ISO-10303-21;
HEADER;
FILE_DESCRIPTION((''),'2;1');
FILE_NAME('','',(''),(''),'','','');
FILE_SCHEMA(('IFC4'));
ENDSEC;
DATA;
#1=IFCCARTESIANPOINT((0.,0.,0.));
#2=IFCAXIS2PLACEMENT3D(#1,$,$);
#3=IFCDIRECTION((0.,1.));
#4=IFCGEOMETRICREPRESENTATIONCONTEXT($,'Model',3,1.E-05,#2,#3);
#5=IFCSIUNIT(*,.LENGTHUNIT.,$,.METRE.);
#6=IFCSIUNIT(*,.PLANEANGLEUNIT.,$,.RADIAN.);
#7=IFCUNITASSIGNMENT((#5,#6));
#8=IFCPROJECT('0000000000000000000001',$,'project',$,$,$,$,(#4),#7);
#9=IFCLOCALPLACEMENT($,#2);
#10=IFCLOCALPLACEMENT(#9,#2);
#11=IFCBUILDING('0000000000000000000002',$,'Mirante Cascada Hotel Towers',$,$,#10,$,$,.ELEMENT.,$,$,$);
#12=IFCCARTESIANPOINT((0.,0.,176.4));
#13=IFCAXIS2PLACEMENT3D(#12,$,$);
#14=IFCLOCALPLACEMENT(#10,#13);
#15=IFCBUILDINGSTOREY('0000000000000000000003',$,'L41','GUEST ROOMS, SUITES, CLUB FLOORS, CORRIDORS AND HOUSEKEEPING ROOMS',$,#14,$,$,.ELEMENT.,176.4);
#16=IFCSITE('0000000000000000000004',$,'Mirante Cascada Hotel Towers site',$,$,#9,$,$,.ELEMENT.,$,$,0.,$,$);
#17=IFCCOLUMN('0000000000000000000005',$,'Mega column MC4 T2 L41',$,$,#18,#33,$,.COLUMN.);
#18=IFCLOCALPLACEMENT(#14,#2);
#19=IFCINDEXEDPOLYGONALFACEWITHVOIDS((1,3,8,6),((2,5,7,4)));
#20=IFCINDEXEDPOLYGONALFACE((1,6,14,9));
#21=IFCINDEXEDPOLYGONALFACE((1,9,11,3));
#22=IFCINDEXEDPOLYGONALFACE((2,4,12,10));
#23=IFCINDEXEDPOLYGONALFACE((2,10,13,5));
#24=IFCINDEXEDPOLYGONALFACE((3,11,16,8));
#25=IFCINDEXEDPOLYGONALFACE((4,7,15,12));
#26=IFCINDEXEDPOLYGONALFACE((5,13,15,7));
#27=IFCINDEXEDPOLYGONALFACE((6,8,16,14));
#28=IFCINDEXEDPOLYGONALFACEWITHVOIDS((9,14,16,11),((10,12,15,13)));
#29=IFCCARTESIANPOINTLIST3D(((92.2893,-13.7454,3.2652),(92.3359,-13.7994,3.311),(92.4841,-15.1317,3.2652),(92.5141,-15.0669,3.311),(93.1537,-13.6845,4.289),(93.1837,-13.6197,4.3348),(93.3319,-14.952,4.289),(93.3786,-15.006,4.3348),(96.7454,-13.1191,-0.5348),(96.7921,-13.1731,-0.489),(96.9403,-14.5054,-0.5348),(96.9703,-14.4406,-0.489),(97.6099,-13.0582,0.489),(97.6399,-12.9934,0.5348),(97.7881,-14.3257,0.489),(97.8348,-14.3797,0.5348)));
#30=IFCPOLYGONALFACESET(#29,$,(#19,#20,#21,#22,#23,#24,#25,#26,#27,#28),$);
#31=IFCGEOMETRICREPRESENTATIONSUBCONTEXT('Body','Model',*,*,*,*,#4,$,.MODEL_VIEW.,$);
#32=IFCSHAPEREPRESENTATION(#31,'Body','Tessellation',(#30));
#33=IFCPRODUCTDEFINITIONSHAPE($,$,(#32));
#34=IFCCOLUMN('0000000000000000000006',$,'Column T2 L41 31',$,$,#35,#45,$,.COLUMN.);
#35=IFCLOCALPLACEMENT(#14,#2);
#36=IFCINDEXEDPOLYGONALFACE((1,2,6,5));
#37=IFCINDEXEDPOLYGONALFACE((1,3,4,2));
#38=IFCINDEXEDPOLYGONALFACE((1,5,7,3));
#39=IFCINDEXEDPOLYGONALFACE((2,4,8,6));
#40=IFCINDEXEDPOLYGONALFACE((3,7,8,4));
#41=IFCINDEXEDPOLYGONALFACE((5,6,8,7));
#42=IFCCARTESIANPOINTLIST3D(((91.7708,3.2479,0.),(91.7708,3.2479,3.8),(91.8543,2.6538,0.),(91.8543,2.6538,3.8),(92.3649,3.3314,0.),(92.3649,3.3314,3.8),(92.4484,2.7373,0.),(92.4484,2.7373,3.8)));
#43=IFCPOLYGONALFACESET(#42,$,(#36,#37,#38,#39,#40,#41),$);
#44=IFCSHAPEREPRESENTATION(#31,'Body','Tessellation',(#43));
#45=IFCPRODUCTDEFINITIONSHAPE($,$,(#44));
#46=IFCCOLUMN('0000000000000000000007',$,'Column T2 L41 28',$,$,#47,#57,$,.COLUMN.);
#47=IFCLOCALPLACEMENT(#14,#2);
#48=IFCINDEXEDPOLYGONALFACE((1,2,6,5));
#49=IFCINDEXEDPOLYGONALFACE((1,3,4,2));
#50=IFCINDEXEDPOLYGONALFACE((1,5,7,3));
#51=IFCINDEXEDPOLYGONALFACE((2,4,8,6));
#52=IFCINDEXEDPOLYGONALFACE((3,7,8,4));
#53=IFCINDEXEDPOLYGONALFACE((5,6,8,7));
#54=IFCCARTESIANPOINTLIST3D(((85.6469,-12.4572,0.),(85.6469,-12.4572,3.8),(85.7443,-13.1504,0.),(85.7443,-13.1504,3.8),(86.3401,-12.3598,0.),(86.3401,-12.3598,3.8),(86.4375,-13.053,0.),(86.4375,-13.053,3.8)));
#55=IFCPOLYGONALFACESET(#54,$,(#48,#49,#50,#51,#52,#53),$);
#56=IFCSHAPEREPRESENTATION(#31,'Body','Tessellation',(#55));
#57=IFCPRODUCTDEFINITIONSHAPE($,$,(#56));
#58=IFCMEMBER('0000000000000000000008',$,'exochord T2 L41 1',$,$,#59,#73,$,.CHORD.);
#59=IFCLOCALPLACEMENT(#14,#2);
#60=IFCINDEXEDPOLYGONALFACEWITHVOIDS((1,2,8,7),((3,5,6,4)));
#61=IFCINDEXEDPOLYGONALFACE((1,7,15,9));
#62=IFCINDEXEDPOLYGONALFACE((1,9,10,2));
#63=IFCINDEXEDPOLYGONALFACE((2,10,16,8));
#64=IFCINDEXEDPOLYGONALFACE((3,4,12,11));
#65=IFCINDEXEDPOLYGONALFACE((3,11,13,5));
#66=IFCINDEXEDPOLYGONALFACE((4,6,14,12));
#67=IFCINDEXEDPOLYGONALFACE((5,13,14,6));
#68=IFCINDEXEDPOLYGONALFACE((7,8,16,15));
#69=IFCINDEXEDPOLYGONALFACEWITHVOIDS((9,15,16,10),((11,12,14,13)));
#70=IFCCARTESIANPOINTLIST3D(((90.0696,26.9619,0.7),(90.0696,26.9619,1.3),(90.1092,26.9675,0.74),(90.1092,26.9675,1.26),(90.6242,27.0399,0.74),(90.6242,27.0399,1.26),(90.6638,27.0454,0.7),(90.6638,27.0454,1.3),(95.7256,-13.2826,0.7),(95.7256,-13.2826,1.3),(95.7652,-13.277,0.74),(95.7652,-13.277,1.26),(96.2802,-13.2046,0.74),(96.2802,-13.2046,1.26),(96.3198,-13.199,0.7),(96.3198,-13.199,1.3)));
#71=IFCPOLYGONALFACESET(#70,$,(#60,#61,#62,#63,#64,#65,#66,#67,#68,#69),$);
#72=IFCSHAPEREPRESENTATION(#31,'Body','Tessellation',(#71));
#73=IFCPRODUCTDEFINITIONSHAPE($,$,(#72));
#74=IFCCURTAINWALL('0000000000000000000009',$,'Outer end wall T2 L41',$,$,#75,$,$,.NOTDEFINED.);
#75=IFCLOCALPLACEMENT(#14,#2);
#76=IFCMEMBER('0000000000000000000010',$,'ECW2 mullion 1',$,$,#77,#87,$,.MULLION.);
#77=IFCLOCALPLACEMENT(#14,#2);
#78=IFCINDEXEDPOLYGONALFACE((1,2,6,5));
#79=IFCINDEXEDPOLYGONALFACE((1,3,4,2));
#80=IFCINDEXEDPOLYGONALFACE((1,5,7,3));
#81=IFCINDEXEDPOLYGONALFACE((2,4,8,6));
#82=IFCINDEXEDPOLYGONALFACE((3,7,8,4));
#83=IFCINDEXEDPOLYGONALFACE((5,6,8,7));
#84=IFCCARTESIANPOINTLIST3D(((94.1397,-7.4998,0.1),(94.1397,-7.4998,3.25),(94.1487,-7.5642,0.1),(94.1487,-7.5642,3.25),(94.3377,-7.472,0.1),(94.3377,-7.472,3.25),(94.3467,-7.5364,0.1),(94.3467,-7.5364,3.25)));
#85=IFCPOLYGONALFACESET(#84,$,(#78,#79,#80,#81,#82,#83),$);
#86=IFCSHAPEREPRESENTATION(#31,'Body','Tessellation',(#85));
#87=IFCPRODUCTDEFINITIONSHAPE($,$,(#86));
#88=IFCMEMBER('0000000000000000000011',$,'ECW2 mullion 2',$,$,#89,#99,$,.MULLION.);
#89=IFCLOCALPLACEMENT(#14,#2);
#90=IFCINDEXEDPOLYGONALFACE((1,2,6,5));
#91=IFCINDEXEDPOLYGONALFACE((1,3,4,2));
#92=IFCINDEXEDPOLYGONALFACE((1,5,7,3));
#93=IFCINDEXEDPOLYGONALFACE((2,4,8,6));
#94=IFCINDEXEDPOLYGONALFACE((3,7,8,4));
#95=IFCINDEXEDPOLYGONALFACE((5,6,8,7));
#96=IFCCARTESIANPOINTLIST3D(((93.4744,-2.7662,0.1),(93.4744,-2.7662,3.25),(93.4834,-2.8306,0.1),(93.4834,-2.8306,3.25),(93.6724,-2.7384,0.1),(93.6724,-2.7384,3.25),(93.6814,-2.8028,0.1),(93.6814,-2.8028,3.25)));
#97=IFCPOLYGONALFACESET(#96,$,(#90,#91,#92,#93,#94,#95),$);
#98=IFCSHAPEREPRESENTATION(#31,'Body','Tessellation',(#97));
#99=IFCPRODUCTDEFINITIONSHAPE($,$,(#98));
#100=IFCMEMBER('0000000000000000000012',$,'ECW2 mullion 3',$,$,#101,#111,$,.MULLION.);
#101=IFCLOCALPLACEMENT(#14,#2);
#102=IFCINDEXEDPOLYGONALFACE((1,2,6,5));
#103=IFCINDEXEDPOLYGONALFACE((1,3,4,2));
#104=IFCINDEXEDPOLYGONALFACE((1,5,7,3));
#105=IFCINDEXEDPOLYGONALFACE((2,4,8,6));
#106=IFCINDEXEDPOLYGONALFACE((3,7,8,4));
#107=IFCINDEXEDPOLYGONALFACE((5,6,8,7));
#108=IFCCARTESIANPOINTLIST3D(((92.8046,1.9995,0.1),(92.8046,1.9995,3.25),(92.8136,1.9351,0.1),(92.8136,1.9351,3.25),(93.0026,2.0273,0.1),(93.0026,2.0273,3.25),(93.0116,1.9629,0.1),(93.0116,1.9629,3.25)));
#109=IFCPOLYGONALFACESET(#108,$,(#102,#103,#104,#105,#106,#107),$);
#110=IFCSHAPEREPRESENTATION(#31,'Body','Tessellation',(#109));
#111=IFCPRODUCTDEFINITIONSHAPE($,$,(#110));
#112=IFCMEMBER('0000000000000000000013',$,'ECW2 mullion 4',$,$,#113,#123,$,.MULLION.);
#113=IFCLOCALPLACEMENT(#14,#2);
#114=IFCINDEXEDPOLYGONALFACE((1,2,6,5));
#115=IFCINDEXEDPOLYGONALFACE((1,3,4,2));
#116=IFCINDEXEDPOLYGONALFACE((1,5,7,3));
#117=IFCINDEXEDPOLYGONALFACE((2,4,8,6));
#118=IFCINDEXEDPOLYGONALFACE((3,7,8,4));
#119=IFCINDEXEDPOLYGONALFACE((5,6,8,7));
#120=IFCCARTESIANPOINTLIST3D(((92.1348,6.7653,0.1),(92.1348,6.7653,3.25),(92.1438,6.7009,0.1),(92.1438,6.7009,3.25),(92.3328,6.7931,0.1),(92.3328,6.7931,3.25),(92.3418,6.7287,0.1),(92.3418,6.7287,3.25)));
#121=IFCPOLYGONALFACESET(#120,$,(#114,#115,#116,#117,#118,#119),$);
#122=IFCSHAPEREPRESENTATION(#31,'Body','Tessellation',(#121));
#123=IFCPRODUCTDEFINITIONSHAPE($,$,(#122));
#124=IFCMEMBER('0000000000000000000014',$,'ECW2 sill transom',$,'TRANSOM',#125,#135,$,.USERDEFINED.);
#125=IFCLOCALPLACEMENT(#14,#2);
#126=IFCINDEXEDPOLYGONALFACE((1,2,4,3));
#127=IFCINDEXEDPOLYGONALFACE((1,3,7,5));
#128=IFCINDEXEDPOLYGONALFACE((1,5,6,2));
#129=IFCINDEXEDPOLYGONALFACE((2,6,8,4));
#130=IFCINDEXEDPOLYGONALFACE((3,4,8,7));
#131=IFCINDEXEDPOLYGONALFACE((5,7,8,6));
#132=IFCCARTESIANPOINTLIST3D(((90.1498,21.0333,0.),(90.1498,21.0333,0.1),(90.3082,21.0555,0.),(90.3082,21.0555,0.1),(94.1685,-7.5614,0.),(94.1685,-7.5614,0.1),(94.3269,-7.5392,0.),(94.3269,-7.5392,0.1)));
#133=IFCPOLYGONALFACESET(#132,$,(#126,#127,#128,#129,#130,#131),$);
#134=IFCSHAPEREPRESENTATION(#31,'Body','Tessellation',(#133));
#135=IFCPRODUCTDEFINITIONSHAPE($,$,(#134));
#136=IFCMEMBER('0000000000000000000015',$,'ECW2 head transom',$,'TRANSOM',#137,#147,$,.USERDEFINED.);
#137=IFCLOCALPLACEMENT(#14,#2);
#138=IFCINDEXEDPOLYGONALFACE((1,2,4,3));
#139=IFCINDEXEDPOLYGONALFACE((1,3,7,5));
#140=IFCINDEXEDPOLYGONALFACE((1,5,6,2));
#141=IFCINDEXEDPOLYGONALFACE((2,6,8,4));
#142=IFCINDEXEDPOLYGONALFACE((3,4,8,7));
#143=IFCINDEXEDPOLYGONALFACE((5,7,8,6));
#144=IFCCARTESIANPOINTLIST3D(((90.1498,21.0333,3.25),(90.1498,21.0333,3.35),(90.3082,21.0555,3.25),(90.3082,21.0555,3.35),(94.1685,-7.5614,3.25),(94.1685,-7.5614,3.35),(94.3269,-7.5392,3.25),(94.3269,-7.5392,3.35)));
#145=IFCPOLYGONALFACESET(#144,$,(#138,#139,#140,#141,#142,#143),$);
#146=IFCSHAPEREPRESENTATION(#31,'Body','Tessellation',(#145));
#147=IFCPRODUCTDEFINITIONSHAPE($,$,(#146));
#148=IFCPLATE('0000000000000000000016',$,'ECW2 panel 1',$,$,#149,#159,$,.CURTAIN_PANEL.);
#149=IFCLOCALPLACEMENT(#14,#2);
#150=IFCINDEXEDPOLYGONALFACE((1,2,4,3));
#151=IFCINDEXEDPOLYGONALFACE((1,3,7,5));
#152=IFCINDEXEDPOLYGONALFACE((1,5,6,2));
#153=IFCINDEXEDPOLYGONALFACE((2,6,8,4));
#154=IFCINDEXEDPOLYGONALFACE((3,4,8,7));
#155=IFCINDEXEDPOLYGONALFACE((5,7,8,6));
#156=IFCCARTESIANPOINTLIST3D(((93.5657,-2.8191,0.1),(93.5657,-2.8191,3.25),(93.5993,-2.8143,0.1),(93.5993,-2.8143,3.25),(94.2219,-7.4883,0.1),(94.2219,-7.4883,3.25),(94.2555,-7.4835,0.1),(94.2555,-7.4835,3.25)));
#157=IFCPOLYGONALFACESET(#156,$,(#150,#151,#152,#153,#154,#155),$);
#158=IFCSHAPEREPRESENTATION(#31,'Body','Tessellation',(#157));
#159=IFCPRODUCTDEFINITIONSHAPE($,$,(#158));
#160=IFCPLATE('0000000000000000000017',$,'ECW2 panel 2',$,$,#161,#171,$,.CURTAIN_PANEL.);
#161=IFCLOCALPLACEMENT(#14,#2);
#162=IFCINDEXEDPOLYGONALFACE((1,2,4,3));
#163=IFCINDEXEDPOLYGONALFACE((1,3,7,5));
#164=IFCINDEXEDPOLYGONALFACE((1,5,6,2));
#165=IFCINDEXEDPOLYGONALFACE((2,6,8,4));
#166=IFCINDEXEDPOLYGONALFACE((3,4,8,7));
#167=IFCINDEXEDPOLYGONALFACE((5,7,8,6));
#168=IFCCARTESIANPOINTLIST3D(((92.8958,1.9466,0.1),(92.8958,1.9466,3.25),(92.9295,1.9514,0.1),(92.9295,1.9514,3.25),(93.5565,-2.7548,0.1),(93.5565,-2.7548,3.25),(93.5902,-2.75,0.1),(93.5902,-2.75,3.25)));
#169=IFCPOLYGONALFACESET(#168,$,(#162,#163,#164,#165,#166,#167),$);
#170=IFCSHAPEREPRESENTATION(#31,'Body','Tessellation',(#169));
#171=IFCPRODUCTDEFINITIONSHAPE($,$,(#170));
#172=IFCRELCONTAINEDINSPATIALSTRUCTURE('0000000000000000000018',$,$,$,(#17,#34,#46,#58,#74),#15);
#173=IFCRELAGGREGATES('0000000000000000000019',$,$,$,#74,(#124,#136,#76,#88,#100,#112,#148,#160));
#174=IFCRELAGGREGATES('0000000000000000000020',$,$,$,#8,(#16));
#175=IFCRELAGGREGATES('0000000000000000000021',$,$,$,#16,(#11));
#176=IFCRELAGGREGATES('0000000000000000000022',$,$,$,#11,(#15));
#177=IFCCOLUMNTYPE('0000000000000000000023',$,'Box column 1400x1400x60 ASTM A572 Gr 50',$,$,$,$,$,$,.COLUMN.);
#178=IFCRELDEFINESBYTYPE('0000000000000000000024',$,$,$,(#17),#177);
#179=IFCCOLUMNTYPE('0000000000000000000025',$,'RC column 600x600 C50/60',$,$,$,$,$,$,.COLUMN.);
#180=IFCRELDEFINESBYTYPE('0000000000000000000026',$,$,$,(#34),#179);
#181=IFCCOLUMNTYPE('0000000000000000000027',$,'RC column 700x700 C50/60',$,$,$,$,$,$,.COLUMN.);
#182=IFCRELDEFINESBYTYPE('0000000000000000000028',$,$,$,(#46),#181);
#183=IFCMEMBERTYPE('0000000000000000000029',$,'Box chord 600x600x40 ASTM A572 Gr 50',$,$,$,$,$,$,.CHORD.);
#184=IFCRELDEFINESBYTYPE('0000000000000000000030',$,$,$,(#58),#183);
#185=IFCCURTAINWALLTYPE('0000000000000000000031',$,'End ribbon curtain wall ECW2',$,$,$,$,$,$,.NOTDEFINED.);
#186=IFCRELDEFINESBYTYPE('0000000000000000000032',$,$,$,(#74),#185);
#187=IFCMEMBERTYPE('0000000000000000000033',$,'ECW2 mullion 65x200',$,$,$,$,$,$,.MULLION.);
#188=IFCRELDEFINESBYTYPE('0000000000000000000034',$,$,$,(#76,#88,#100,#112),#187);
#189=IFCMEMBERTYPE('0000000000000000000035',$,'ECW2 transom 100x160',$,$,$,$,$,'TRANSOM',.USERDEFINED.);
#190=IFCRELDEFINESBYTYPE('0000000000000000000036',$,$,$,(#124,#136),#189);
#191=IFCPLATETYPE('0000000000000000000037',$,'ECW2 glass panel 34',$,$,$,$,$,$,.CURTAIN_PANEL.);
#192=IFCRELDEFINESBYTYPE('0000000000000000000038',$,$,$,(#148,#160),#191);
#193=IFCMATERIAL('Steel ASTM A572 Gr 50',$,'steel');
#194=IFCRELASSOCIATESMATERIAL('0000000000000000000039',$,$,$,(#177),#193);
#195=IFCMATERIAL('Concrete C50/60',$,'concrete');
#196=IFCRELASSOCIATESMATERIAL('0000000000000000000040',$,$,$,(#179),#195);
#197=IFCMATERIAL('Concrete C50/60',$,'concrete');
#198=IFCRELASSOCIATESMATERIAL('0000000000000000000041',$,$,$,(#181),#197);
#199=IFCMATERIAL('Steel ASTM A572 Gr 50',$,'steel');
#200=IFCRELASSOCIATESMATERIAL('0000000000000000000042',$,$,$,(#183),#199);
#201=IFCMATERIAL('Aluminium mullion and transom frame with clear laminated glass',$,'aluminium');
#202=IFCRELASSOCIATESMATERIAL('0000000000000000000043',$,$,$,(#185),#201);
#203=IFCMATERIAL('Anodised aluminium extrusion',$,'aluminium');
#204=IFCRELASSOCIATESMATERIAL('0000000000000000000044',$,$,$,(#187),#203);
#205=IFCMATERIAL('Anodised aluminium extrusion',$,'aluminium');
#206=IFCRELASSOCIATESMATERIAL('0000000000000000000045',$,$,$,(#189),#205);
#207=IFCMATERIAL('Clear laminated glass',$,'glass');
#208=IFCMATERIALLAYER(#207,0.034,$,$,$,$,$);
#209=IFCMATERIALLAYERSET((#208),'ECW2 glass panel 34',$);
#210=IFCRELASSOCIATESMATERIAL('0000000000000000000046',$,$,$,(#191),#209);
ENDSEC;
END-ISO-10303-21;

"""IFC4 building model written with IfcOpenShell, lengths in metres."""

from ifc_helpers import new_model, si_unit, direction, frame, origin, origin_2d, place, context, subcontext, project, spatial, rectangle, hollow_rectangle, extrude, material, layer, layer_set, material_profile, profile_set, type_object, element, aggregate, save


model = new_model("IFC4")

# Units and contexts
model_context = context("Model", 3, precision=1e-05, world=origin(), true_north=direction((0.0, 1.0)))
body_context = subcontext(model_context, "Body", "Model", "MODEL_VIEW")
ifc_project = project(units=[si_unit("LENGTHUNIT", "METRE"), si_unit("PLANEANGLEUNIT", "RADIAN")], contexts=[model_context])

# Site, building, storey
site_placement = place(None, origin())
site = spatial("IfcSite", under=ifc_project, at=site_placement, Name="Mirante Cascada Hotel Towers site", CompositionType="ELEMENT", RefElevation=0.0)
building_placement = place(site_placement, origin())
building = spatial("IfcBuilding", under=site, at=building_placement, Name="Mirante Cascada Hotel Towers", CompositionType="ELEMENT")
storey_placement = place(building_placement, frame((0.0, 0.0, 176.4)))
storey = spatial("IfcBuildingStorey", under=building, at=storey_placement, Name="L41", Description="GUEST ROOMS, SUITES, CLUB FLOORS, CORRIDORS AND HOUSEKEEPING ROOMS", CompositionType="ELEMENT", Elevation=176.4)

# Columns
ifc_material_1 = material(Name="Steel ASTM A572 Gr 50", Category="steel")
ifc_material_profile_1 = material_profile(ifc_material_1, hollow_rectangle(XDim=1.4, YDim=1.4, WallThickness=0.06, at=origin_2d()), Name="Box column 1400x1400x60 ASTM A572 Gr 50")
ifc_profile_set_1 = profile_set([ifc_material_profile_1], Name="Steel ASTM A572 Gr 50")
column_type_1 = type_object("IfcColumnType", Name="Box column 1400x1400x60 ASTM A572 Gr 50", PredefinedType="COLUMN", material=ifc_profile_set_1)
column_1_placement = place(storey_placement, frame((97.2901, -13.7494, 0.0), z_axis=(-0.756594, -0.106336, 0.645181), x_axis=(0.139178, -0.990267, 0.0)))
element("IfcColumn", 1, at=column_1_placement, inside=storey, type_object=column_type_1, Name="Mega column MC4 T2 L41", PredefinedType="COLUMN", context=body_context, shape_type="SweptSolid", body=[
    extrude(hollow_rectangle(XDim=1.4, YDim=1.4, WallThickness=0.06, at=origin_2d()), origin(), (0.0, 0.0, 1.0), 5.8898),
])
ifc_material_2 = material(Name="Concrete C50/60", Category="concrete")
ifc_material_profile_2 = material_profile(ifc_material_2, rectangle(XDim=0.6, YDim=0.6, at=origin_2d()), Name="RC column 600x600 C50/60")
ifc_profile_set_2 = profile_set([ifc_material_profile_2], Name="Concrete C50/60")
column_type_2 = type_object("IfcColumnType", Name="RC column 600x600 C50/60", PredefinedType="COLUMN", material=ifc_profile_set_2)
column_2_placement = place(storey_placement, frame((92.1096, 2.9926, 0.0), z_axis=(0.0, 0.0, 1.0), x_axis=(0.990268, 0.139173, 0.0)))
element("IfcColumn", 2, at=column_2_placement, inside=storey, type_object=column_type_2, Name="Column T2 L41 31", PredefinedType="COLUMN", context=body_context, shape_type="SweptSolid", body=[
    extrude(rectangle(XDim=0.6, YDim=0.6, at=origin_2d()), origin(), (0.0, 0.0, 1.0), 3.8),
])
ifc_material_3 = material(Name="Concrete C50/60", Category="concrete")
ifc_material_profile_3 = material_profile(ifc_material_3, rectangle(XDim=0.7, YDim=0.7, at=origin_2d()), Name="RC column 700x700 C50/60")
ifc_profile_set_3 = profile_set([ifc_material_profile_3], Name="Concrete C50/60")
column_type_3 = type_object("IfcColumnType", Name="RC column 700x700 C50/60", PredefinedType="COLUMN", material=ifc_profile_set_3)
column_3_placement = place(storey_placement, frame((86.0422, -12.7551, 0.0), z_axis=(0.0, 0.0, 1.0), x_axis=(0.990268, 0.139173, 0.0)))
element("IfcColumn", 3, at=column_3_placement, inside=storey, type_object=column_type_3, Name="Column T2 L41 28", PredefinedType="COLUMN", context=body_context, shape_type="SweptSolid", body=[
    extrude(rectangle(XDim=0.7, YDim=0.7, at=origin_2d()), origin(), (0.0, 0.0, 1.0), 3.8),
])

# Member
ifc_material_4 = material(Name="Steel ASTM A572 Gr 50", Category="steel")
ifc_material_profile_4 = material_profile(ifc_material_4, hollow_rectangle(XDim=0.6, YDim=0.6, WallThickness=0.04, at=origin_2d()), Name="Box chord 600x600x40 ASTM A572 Gr 50")
ifc_profile_set_4 = profile_set([ifc_material_profile_4], Name="Steel ASTM A572 Gr 50")
member_type_1 = type_object("IfcMemberType", Name="Box chord 600x600x40 ASTM A572 Gr 50", PredefinedType="CHORD", material=ifc_profile_set_4)
member_1_placement = place(storey_placement, frame((96.0227, -13.2408, 1.0), z_axis=(-0.139173, 0.990268, 0.0), x_axis=(-0.990268, -0.139173, 0.0)))
element("IfcMember", 4, at=member_1_placement, inside=storey, type_object=member_type_1, Name="exochord T2 L41 1", PredefinedType="CHORD", context=body_context, shape_type="SweptSolid", body=[
    extrude(hollow_rectangle(XDim=0.6, YDim=0.6, WallThickness=0.04, at=origin_2d()), origin(), (0.0, 0.0, 1.0), 40.64),
])

# Curtain wall, members, plates
ifc_material_5 = material(Name="Aluminium mullion and transom frame with clear laminated glass", Category="aluminium")
curtain_wall_type = type_object("IfcCurtainWallType", Name="End ribbon curtain wall ECW2", PredefinedType="NOTDEFINED", material=ifc_material_5)
curtain_wall_placement = place(storey_placement, origin())
curtain_wall = element("IfcCurtainWall", 5, at=curtain_wall_placement, inside=storey, type_object=curtain_wall_type, Name="Outer end wall T2 L41", PredefinedType="NOTDEFINED")
ifc_material_6 = material(Name="Anodised aluminium extrusion", Category="aluminium")
ifc_material_profile_5 = material_profile(ifc_material_6, rectangle(XDim=0.2, YDim=0.065, at=origin_2d()), Name="ECW2 MULLION 65x200")
ifc_profile_set_5 = profile_set([ifc_material_profile_5], Name="Anodised aluminium extrusion")
member_type_2 = type_object("IfcMemberType", Name="ECW2 mullion 65x200", PredefinedType="MULLION", material=ifc_profile_set_5)
member_2_placement = place(storey_placement, frame((94.2432, -7.5181, 0.1), z_axis=(0.0, 0.0, 1.0), x_axis=(-0.990268, -0.139173, 0.0)))
member_2 = element("IfcMember", 6, at=member_2_placement, type_object=member_type_2, Name="ECW2 mullion 1", PredefinedType="MULLION", context=body_context, shape_type="SweptSolid", body=[
    extrude(rectangle(XDim=0.2, YDim=0.065, at=origin_2d()), origin(), (0.0, 0.0, 1.0), 3.15),
])
member_3_placement = place(storey_placement, frame((93.5779, -2.7845, 0.1), z_axis=(0.0, 0.0, 1.0), x_axis=(-0.990268, -0.139173, 0.0)))
member_3 = element("IfcMember", 7, at=member_3_placement, type_object=member_type_2, Name="ECW2 mullion 2", PredefinedType="MULLION", context=body_context, shape_type="SweptSolid", body=[
    extrude(rectangle(XDim=0.2, YDim=0.065, at=origin_2d()), origin(), (0.0, 0.0, 1.0), 3.15),
])
member_4_placement = place(storey_placement, frame((92.9081, 1.9812, 0.1), z_axis=(0.0, 0.0, 1.0), x_axis=(-0.990268, -0.139173, 0.0)))
member_4 = element("IfcMember", 8, at=member_4_placement, type_object=member_type_2, Name="ECW2 mullion 3", PredefinedType="MULLION", context=body_context, shape_type="SweptSolid", body=[
    extrude(rectangle(XDim=0.2, YDim=0.065, at=origin_2d()), origin(), (0.0, 0.0, 1.0), 3.15),
])
member_5_placement = place(storey_placement, frame((92.2383, 6.747, 0.1), z_axis=(0.0, 0.0, 1.0), x_axis=(-0.990268, -0.139173, 0.0)))
member_5 = element("IfcMember", 9, at=member_5_placement, type_object=member_type_2, Name="ECW2 mullion 4", PredefinedType="MULLION", context=body_context, shape_type="SweptSolid", body=[
    extrude(rectangle(XDim=0.2, YDim=0.065, at=origin_2d()), origin(), (0.0, 0.0, 1.0), 3.15),
])
ifc_material_7 = material(Name="Anodised aluminium extrusion", Category="aluminium")
ifc_material_profile_6 = material_profile(ifc_material_7, rectangle(XDim=0.16, YDim=0.1, at=origin_2d()), Name="ECW2 TRANSOM 100x160")
ifc_profile_set_6 = profile_set([ifc_material_profile_6], Name="Anodised aluminium extrusion")
member_type_3 = type_object("IfcMemberType", Name="ECW2 transom 100x160", ElementType="TRANSOM", PredefinedType="USERDEFINED", material=ifc_profile_set_6)
member_6_placement = place(storey_placement, frame((94.2477, -7.5503, 0.05), z_axis=(-0.139172, 0.990268, 0.0), x_axis=(-0.990268, -0.139172, 0.0)))
member_6 = element("IfcMember", 10, at=member_6_placement, type_object=member_type_3, Name="ECW2 sill transom", ObjectType="TRANSOM", PredefinedType="USERDEFINED", context=body_context, shape_type="SweptSolid", body=[
    extrude(rectangle(XDim=0.16, YDim=0.1, at=origin_2d()), origin(), (0.0, 0.0, 1.0), 28.8757),
])
member_7_placement = place(storey_placement, frame((94.2477, -7.5503, 3.3), z_axis=(-0.139172, 0.990268, 0.0), x_axis=(-0.990268, -0.139172, 0.0)))
member_7 = element("IfcMember", 11, at=member_7_placement, type_object=member_type_3, Name="ECW2 head transom", ObjectType="TRANSOM", PredefinedType="USERDEFINED", context=body_context, shape_type="SweptSolid", body=[
    extrude(rectangle(XDim=0.16, YDim=0.1, at=origin_2d()), origin(), (0.0, 0.0, 1.0), 28.8757),
])
ifc_material_8 = material(Name="Clear laminated glass", Category="glass")
ifc_layer_1 = layer(ifc_material_8, 0.034)
ifc_layer_set_1 = layer_set([ifc_layer_1], Name="ECW2 glass panel 34")
plate_type_1 = type_object("IfcPlateType", Name="ECW2 glass panel 34", PredefinedType="CURTAIN_PANEL", material=ifc_layer_set_1)
plate_1_placement = place(storey_placement, frame((93.9106, -5.1513, 0.1), z_axis=(0.0, 0.0, 1.0), x_axis=(-0.139173, 0.990268, 0.0)))
plate_1 = element("IfcPlate", 12, at=plate_1_placement, type_object=plate_type_1, Name="ECW2 panel 1", PredefinedType="CURTAIN_PANEL", context=body_context, shape_type="SweptSolid", body=[
    extrude(rectangle(XDim=4.7151, YDim=0.034, at=origin_2d()), origin(), (0.0, 0.0, 1.0), 3.15),
])
plate_2_placement = place(storey_placement, frame((93.243, -0.4017, 0.1), z_axis=(0.0, 0.0, 1.0), x_axis=(-0.139173, 0.990268, 0.0)))
plate_2 = element("IfcPlate", 13, at=plate_2_placement, type_object=plate_type_1, Name="ECW2 panel 2", PredefinedType="CURTAIN_PANEL", context=body_context, shape_type="SweptSolid", body=[
    extrude(rectangle(XDim=4.7476, YDim=0.034, at=origin_2d()), origin(), (0.0, 0.0, 1.0), 3.15),
])
aggregate(curtain_wall, [member_6, member_7, member_2, member_3, member_4, member_5, plate_1, plate_2])

save(model, "model.ifc")
